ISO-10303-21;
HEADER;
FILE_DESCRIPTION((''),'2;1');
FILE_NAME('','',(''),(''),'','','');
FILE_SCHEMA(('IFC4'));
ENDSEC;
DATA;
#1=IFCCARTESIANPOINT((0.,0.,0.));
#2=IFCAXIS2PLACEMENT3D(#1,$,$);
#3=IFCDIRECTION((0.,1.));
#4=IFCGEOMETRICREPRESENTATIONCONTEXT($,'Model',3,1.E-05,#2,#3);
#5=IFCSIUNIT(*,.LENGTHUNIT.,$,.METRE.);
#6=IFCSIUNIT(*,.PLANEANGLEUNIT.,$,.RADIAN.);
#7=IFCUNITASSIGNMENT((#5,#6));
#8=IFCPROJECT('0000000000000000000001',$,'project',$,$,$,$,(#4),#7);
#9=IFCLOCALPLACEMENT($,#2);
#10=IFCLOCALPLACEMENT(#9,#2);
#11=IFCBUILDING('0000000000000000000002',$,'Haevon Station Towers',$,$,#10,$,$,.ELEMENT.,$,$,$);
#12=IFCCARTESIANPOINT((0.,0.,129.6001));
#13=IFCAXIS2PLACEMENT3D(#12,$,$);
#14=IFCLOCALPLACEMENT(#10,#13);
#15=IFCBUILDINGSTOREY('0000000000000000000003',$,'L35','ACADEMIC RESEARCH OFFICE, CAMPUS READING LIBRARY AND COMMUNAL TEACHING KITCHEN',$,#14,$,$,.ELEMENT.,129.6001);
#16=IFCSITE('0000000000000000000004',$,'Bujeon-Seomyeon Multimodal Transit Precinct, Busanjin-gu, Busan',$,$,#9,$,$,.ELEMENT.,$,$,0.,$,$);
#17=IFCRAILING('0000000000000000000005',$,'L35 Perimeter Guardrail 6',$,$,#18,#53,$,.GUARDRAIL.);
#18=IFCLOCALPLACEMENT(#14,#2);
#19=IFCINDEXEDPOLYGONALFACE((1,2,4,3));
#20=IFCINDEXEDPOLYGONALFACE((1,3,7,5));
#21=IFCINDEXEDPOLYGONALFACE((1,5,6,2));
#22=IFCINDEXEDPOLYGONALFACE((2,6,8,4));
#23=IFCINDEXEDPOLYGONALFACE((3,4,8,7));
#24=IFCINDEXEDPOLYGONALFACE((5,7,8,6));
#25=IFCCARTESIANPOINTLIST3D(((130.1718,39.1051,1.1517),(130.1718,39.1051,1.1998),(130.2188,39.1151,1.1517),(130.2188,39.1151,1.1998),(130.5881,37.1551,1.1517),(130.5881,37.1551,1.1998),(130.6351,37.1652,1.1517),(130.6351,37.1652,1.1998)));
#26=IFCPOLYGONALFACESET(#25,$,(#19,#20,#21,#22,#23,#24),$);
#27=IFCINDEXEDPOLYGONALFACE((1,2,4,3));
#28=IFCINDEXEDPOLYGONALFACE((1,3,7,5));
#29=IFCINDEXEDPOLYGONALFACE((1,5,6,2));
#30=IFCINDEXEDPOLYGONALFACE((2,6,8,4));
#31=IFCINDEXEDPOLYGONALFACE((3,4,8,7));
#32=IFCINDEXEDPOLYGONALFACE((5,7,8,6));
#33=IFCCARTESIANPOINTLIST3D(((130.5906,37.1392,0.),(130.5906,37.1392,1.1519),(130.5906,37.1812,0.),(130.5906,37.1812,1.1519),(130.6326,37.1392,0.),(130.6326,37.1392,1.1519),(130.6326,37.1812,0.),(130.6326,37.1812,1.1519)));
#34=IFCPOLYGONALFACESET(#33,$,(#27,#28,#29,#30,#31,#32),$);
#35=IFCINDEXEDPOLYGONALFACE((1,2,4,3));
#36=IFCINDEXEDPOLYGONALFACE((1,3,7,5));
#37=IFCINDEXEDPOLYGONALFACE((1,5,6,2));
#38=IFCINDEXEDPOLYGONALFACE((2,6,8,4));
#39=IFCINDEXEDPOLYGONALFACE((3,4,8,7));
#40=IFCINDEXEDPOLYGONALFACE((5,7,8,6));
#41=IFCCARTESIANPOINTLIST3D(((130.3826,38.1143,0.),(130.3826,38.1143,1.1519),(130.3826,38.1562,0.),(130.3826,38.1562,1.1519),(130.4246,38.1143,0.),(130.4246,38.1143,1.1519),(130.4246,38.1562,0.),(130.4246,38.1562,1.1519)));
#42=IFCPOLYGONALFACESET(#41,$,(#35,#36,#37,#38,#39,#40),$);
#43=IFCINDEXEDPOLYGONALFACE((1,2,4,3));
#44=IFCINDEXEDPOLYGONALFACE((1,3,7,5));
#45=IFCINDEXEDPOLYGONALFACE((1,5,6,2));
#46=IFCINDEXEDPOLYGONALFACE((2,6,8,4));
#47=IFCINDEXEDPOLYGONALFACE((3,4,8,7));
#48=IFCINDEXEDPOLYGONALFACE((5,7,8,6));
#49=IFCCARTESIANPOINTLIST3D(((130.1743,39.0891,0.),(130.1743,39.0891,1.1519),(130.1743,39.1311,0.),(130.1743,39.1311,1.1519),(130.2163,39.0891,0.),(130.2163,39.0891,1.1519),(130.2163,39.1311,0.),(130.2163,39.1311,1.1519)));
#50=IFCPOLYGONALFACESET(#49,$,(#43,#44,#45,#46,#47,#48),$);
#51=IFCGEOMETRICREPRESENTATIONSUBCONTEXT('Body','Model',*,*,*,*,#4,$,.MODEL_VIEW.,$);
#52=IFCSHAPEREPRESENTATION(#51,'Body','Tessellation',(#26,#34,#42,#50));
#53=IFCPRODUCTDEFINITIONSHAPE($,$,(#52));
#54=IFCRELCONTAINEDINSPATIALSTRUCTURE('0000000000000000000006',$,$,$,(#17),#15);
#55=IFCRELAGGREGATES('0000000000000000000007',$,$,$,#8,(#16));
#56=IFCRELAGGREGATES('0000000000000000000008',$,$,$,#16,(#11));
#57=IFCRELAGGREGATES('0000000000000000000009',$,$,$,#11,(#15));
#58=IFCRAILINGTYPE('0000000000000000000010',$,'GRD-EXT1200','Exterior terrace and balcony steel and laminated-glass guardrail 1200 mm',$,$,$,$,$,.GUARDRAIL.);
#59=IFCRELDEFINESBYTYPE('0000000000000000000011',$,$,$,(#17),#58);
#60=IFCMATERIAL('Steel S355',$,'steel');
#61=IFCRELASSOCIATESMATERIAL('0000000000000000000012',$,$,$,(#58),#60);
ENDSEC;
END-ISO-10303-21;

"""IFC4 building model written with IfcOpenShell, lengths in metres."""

from ifc_helpers import new_model, si_unit, direction, frame, origin, origin_2d, place, context, subcontext, project, spatial, rectangle, extrude, material, type_object, element, save


model = new_model("IFC4")

# Units and contexts
model_context = context("Model", 3, precision=1e-05, world=origin(), true_north=direction((0.0, 1.0)))
body_context = subcontext(model_context, "Body", "Model", "MODEL_VIEW")
ifc_project = project(units=[si_unit("LENGTHUNIT", "METRE"), si_unit("PLANEANGLEUNIT", "RADIAN")], contexts=[model_context])

# Site, building, storey
site_placement = place(None, origin())
site = spatial("IfcSite", under=ifc_project, at=site_placement, Name="Bujeon-Seomyeon Multimodal Transit Precinct, Busanjin-gu, Busan", CompositionType="ELEMENT", RefElevation=0.0)
building_placement = place(site_placement, origin())
building = spatial("IfcBuilding", under=site, at=building_placement, Name="Haevon Station Towers", CompositionType="ELEMENT")
storey_placement = place(building_placement, frame((0.0, 0.0, 129.6001)))
storey = spatial("IfcBuildingStorey", under=building, at=storey_placement, Name="L35", Description="ACADEMIC RESEARCH OFFICE, CAMPUS READING LIBRARY AND COMMUNAL TEACHING KITCHEN", CompositionType="ELEMENT", Elevation=129.6001)

# Shared definitions
ifc_material_1 = material(Name="Steel S355", Category="steel")

# Railing
railing_type = type_object("IfcRailingType", Name="GRD-EXT1200", Description="Exterior terrace and balcony steel and laminated-glass guardrail 1200 mm", PredefinedType="GUARDRAIL", material=ifc_material_1)
railing_1_placement = place(storey_placement, frame((130.6116, 37.1602, 0.0)))
element("IfcRailing", 1, at=railing_1_placement, inside=storey, type_object=railing_type, Name="L35 Perimeter Guardrail 6", PredefinedType="GUARDRAIL", context=body_context, shape_type="SweptSolid", body=[
    extrude(rectangle(XDim=0.0481, YDim=0.0481, at=origin_2d()), frame((0.0, 0.0, 1.1758), z_axis=(-0.208768, 0.977965, 0.0), x_axis=(-0.977965, -0.208768, 0.0)), (0.0, 0.0, 1.0), 1.9939),
    extrude(rectangle(XDim=0.042, YDim=0.042, at=origin_2d()), origin(), (0.0, 0.0, 1.0), 1.1519),
    extrude(rectangle(XDim=0.042, YDim=0.042, at=origin_2d()), frame((-0.208, 0.9751, 0.0)), (0.0, 0.0, 1.0), 1.1519),
    extrude(rectangle(XDim=0.042, YDim=0.042, at=origin_2d()), frame((-0.4163, 1.95, 0.0)), (0.0, 0.0, 1.0), 1.1519),
])

save(model, "model.ifc")
